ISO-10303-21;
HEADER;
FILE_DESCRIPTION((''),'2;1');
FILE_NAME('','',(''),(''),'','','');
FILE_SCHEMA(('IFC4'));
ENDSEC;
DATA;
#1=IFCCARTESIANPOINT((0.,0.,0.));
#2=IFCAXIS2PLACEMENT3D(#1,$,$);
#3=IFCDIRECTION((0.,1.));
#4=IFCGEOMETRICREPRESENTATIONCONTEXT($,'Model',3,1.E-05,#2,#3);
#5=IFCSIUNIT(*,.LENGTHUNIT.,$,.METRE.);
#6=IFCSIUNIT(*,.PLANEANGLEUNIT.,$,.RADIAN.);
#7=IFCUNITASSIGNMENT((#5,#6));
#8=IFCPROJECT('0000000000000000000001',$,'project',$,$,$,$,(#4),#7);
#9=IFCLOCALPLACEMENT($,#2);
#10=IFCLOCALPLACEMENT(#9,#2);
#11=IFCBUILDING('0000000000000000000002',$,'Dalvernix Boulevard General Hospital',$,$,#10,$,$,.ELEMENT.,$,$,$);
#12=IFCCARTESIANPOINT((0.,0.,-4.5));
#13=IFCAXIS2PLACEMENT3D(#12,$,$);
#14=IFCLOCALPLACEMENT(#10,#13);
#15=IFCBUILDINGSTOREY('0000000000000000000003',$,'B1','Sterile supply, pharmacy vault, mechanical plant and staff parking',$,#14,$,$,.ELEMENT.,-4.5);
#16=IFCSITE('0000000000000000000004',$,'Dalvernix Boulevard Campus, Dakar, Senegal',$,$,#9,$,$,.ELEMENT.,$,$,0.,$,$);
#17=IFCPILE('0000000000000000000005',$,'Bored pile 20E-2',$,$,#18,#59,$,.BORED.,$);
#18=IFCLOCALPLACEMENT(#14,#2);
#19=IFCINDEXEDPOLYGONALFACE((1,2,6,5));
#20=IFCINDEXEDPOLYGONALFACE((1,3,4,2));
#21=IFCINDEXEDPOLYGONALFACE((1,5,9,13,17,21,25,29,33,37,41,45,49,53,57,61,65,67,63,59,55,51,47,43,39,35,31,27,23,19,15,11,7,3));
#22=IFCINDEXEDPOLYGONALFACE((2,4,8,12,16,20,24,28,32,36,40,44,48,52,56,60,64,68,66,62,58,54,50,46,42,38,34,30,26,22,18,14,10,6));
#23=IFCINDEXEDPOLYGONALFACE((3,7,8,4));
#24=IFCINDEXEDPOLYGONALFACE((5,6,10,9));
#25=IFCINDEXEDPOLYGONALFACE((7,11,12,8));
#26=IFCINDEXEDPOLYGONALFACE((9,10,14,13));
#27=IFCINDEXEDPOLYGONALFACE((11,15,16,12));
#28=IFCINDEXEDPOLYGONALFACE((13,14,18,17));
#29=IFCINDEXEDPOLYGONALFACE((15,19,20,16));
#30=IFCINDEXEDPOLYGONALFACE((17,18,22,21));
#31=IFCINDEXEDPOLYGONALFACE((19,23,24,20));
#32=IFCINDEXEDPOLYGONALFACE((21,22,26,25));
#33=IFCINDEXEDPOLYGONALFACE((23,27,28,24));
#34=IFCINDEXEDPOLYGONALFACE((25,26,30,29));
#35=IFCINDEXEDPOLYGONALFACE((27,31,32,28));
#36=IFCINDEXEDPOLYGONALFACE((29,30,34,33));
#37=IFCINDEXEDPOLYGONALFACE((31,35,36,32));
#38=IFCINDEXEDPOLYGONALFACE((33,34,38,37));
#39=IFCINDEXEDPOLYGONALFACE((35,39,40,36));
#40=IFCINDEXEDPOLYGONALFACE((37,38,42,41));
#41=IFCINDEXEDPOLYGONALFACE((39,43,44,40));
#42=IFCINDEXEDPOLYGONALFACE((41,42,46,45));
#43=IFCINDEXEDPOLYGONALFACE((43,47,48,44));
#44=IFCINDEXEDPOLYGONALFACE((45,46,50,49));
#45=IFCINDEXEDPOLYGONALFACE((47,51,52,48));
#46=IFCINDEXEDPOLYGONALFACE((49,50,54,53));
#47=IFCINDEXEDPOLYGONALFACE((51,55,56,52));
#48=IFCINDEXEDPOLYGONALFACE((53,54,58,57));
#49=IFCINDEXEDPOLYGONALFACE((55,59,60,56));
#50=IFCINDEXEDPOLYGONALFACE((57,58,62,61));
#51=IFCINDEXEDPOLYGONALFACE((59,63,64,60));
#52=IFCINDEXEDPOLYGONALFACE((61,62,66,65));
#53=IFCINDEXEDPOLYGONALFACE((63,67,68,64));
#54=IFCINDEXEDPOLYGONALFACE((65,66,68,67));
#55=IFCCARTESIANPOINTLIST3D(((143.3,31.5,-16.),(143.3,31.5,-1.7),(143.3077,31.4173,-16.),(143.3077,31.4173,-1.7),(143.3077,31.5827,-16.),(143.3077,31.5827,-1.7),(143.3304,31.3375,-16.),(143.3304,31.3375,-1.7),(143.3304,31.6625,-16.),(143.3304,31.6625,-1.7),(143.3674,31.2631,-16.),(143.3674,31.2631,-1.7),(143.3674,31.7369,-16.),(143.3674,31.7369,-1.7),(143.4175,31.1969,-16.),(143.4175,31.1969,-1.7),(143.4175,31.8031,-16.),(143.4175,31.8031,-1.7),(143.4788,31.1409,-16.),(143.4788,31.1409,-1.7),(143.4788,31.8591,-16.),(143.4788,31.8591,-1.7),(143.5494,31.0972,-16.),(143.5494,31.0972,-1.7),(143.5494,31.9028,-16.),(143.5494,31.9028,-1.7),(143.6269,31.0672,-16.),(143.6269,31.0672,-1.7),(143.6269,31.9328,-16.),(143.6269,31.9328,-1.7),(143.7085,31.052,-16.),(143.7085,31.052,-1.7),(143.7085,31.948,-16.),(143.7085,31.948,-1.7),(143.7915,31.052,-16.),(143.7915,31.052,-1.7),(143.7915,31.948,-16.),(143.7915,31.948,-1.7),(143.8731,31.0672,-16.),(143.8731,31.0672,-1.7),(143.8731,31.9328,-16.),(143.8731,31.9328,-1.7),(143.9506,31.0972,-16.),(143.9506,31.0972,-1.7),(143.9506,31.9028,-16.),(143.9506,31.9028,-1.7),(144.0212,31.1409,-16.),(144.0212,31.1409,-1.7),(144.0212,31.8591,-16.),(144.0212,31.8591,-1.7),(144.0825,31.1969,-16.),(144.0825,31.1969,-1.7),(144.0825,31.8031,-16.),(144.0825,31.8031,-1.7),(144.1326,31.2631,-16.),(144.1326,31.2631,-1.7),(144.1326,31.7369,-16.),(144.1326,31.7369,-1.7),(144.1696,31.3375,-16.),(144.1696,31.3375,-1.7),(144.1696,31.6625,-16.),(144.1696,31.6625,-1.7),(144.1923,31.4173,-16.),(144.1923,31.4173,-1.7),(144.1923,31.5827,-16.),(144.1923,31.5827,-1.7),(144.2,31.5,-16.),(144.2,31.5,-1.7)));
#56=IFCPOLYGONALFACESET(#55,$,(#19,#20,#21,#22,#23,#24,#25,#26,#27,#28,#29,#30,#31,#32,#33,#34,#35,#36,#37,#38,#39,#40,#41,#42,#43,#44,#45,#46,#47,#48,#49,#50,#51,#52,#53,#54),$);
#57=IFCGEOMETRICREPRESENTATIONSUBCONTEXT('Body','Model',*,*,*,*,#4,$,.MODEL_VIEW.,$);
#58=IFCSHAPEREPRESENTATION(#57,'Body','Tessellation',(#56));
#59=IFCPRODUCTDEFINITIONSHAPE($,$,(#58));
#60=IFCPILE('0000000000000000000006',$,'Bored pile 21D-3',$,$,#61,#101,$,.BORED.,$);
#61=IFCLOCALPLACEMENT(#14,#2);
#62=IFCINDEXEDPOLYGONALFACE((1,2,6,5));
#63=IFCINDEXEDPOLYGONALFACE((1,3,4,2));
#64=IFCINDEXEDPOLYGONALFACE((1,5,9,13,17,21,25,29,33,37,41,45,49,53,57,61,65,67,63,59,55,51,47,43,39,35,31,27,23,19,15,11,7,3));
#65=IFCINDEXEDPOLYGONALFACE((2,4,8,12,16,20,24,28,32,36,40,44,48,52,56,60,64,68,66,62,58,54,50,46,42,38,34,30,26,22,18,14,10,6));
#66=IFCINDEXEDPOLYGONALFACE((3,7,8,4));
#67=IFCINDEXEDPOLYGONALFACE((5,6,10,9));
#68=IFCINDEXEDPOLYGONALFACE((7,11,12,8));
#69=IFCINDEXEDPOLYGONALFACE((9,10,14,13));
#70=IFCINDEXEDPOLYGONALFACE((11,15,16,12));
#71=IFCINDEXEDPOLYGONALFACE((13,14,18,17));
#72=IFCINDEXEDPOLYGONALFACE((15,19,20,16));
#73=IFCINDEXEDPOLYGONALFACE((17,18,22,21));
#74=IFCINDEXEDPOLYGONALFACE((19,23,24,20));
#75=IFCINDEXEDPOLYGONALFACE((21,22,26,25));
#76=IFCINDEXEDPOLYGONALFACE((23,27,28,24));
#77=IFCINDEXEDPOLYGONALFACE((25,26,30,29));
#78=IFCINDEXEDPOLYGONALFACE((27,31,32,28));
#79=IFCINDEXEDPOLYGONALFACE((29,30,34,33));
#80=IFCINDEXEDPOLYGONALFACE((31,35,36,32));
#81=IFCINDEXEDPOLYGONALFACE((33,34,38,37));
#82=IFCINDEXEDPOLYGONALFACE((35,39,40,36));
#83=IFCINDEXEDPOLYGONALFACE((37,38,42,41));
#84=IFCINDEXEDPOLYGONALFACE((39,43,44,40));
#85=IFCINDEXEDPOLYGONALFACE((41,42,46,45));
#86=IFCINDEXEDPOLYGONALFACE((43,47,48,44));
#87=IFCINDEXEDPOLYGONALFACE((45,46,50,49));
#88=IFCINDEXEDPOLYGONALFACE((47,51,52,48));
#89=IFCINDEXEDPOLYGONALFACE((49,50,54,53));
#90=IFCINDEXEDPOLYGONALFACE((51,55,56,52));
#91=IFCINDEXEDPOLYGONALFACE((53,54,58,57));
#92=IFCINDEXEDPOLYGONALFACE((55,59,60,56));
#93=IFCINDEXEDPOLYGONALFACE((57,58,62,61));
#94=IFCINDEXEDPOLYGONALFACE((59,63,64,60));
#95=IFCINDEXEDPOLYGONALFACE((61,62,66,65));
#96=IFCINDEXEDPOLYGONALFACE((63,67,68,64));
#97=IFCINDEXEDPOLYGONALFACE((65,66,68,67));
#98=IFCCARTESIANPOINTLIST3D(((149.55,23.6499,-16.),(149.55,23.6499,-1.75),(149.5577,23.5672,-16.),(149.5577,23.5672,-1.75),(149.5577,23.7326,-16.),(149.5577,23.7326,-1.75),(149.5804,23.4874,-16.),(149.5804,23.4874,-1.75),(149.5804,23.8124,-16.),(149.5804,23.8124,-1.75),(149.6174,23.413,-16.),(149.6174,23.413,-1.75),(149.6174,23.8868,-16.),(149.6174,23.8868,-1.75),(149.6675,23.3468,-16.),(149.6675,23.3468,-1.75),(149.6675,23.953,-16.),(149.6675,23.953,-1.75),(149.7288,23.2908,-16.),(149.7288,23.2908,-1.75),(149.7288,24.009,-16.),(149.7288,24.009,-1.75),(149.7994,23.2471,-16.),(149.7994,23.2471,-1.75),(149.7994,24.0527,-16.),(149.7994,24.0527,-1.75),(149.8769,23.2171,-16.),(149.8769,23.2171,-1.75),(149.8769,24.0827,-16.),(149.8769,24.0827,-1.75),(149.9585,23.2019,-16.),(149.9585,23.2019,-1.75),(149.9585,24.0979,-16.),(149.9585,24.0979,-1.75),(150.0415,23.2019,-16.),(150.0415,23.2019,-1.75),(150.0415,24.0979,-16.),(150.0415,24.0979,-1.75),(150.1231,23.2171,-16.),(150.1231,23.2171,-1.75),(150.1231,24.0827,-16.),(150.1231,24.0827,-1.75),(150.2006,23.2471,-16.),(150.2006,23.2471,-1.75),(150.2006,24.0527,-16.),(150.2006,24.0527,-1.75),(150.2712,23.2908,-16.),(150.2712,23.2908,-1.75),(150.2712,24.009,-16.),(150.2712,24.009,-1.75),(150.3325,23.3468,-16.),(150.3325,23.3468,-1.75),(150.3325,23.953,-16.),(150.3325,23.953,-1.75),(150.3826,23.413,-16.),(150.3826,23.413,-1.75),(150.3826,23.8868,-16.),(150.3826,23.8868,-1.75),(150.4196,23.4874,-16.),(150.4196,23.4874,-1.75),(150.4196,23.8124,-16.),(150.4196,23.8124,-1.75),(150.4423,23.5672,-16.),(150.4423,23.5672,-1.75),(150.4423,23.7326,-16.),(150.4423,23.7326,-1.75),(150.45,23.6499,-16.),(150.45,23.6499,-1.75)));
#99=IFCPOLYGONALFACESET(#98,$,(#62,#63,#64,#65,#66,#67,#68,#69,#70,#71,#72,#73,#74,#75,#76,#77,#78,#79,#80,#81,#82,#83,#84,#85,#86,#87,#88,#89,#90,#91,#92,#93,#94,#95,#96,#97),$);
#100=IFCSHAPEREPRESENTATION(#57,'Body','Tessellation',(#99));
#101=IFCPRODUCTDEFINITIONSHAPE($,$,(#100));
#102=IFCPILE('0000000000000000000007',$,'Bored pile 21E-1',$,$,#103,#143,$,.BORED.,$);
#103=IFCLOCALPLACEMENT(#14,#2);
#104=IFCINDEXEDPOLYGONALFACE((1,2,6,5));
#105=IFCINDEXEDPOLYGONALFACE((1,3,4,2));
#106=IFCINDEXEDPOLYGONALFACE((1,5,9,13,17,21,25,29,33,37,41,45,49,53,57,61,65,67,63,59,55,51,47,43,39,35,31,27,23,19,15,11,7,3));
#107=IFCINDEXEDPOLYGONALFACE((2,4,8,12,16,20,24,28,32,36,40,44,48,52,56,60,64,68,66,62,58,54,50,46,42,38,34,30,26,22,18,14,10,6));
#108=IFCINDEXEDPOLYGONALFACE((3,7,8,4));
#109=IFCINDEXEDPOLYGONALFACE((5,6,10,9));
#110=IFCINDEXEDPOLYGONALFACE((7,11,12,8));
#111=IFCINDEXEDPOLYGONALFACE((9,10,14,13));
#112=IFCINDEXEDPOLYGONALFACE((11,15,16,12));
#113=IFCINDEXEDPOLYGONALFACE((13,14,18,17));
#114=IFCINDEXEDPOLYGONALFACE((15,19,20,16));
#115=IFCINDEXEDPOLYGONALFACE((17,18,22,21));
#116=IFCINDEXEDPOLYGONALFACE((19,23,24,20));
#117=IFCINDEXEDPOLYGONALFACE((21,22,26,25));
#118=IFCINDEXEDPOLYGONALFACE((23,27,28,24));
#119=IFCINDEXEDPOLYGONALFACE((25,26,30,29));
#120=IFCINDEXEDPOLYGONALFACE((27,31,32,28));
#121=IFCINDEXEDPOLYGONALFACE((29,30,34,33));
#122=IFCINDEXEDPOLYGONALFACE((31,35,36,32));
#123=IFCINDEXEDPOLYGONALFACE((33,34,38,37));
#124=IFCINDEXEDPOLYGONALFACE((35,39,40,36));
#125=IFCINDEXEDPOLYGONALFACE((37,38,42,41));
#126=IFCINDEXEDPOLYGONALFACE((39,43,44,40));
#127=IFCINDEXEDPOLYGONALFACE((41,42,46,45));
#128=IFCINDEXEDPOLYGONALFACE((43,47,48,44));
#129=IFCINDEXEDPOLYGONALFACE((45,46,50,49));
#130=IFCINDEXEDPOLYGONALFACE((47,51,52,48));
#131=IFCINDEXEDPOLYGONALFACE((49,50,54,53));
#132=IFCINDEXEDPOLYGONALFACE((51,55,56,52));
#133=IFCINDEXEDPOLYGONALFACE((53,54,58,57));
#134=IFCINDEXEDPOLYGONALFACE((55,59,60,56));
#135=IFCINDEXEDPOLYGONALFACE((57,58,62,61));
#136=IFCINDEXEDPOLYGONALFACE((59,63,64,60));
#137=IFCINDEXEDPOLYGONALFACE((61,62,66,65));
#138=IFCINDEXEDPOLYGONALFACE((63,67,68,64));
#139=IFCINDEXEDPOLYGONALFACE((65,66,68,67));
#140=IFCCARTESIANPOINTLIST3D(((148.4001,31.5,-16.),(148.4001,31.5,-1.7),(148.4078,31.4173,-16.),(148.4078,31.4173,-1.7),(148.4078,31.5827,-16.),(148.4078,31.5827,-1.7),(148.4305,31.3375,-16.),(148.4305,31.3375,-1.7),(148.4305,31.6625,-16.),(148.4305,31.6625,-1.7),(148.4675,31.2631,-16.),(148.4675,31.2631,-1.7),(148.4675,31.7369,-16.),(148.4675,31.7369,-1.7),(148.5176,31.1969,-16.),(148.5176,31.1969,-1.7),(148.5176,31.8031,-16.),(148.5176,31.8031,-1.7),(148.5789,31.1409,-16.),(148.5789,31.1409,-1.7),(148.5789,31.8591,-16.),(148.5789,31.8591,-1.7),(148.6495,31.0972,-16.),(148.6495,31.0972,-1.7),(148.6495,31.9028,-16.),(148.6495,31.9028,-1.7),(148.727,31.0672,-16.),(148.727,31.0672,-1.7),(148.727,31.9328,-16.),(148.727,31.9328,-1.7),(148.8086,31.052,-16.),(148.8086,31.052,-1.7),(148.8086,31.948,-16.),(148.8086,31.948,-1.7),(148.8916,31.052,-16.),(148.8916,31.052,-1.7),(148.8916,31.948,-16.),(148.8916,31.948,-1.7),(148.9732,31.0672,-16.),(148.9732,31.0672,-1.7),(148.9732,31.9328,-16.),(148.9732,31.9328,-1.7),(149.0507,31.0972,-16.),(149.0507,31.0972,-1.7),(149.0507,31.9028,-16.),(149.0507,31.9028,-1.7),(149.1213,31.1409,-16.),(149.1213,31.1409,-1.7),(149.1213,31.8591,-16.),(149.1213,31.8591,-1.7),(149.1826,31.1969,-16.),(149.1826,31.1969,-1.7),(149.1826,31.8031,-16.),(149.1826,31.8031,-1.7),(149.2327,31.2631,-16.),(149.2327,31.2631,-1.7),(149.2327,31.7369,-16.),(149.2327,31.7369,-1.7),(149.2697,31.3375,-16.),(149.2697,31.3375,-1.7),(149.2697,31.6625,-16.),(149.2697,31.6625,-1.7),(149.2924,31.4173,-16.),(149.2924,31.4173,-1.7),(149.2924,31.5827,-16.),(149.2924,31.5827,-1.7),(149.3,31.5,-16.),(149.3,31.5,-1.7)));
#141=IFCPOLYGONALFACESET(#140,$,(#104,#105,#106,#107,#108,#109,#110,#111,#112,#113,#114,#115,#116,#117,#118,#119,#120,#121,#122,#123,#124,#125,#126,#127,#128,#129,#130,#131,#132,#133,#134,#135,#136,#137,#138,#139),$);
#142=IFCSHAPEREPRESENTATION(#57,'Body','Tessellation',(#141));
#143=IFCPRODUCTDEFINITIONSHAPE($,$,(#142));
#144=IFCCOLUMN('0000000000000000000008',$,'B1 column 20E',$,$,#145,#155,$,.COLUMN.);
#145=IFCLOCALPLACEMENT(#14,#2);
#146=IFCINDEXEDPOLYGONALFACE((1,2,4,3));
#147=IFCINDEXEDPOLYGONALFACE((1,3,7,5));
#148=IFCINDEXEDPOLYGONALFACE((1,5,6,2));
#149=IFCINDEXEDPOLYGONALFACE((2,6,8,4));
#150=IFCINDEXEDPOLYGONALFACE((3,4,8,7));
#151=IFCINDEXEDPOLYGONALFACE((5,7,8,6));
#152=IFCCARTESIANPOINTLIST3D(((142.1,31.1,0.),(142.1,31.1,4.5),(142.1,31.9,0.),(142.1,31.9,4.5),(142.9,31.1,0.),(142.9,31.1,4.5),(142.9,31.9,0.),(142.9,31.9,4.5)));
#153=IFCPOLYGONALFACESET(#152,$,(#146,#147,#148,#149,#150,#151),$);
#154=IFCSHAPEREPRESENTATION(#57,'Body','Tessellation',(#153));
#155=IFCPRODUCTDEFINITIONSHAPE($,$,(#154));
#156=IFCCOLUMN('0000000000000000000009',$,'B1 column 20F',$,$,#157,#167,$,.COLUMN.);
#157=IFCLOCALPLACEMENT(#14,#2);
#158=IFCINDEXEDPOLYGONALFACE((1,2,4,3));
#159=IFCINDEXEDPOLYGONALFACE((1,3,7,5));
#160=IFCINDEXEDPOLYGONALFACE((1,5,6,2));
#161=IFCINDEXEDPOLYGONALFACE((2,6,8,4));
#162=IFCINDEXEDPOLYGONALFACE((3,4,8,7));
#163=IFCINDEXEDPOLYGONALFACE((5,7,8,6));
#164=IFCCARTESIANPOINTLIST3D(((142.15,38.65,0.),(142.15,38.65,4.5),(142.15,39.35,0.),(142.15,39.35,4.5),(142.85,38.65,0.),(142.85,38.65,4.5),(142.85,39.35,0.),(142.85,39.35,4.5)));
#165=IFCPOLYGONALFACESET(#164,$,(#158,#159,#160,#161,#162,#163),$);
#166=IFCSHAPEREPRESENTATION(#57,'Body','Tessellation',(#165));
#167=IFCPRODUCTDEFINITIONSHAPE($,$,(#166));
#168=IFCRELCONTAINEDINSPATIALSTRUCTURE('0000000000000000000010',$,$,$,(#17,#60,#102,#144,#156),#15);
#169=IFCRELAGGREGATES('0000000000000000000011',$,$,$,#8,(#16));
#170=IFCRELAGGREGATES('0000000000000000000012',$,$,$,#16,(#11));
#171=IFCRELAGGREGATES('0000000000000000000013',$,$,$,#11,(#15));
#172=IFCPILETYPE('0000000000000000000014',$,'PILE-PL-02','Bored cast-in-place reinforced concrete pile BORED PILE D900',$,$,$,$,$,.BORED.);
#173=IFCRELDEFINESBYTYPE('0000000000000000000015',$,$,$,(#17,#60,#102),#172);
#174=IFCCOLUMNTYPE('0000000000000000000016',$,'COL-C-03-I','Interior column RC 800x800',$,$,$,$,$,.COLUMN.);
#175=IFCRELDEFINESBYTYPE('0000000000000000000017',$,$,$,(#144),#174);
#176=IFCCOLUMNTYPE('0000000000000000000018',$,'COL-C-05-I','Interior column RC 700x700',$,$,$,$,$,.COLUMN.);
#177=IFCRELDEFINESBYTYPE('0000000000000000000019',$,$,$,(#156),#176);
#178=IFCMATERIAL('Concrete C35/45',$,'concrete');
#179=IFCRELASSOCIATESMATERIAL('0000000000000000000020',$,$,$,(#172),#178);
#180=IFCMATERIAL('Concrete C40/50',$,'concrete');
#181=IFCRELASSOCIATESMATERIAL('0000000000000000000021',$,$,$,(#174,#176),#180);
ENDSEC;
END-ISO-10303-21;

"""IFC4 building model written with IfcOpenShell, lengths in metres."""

from ifc_helpers import new_model, si_unit, direction, frame, origin, origin_2d, place, context, subcontext, project, spatial, rectangle, circle, extrude, material, material_profile, profile_set, type_object, element, save


model = new_model("IFC4")

# Units and contexts
model_context = context("Model", 3, precision=1e-05, world=origin(), true_north=direction((0.0, 1.0)))
body_context = subcontext(model_context, "Body", "Model", "MODEL_VIEW")
ifc_project = project(units=[si_unit("LENGTHUNIT", "METRE"), si_unit("PLANEANGLEUNIT", "RADIAN")], contexts=[model_context])

# Site, building, storey
site_placement = place(None, origin())
site = spatial("IfcSite", under=ifc_project, at=site_placement, Name="Dalvernix Boulevard Campus, Dakar, Senegal", CompositionType="ELEMENT", RefElevation=0.0)
building_placement = place(site_placement, origin())
building = spatial("IfcBuilding", under=site, at=building_placement, Name="Dalvernix Boulevard General Hospital", CompositionType="ELEMENT")
storey_placement = place(building_placement, frame((0.0, 0.0, -4.5)))
storey = spatial("IfcBuildingStorey", under=building, at=storey_placement, Name="B1", Description="Sterile supply, pharmacy vault, mechanical plant and staff parking", CompositionType="ELEMENT", Elevation=-4.5)

# Shared definitions
ifc_material_1 = material(Name="Concrete C35/45", Category="concrete")
ifc_material_2 = material(Name="Concrete C40/50", Category="concrete")

# Piles
ifc_material_profile_1 = material_profile(ifc_material_1, circle(Radius=0.45, at=origin_2d()), Name="BORED PILE D900")
ifc_profile_set_1 = profile_set([ifc_material_profile_1], Name="Concrete C35/45")
pile_type_1 = type_object("IfcPileType", Name="PILE-PL-02", Description="Bored cast-in-place reinforced concrete pile BORED PILE D900", PredefinedType="BORED", material=ifc_profile_set_1)
for number, where, z_axis, x_axis, name in (
    (1, (143.75, 31.5, -1.7), (0.0, 0.0, -1.0), (1.0, 0.0, 0.0), "Bored pile 20E-2"),
):
    element("IfcPile", number, at=place(storey_placement, frame(where, z_axis=z_axis, x_axis=x_axis)), inside=storey, type_object=pile_type_1, Name=name, PredefinedType="BORED", context=body_context, shape_type="SweptSolid", body=[
        extrude(circle(Radius=0.45, at=origin_2d()), origin(), (0.0, 0.0, 1.0), 14.3),
    ])
pile_1_placement = place(storey_placement, frame((150.0, 23.6499, -1.75), z_axis=(0.0, 0.0, -1.0), x_axis=(1.0, 0.0, 0.0)))
element("IfcPile", 2, at=pile_1_placement, inside=storey, type_object=pile_type_1, Name="Bored pile 21D-3", PredefinedType="BORED", context=body_context, shape_type="SweptSolid", body=[
    extrude(circle(Radius=0.45, at=origin_2d()), origin(), (0.0, 0.0, 1.0), 14.25),
])
pile_2_placement = place(storey_placement, frame((148.8501, 31.5, -1.7), z_axis=(0.0, 0.0, -1.0), x_axis=(1.0, 0.0, 0.0)))
element("IfcPile", 3, at=pile_2_placement, inside=storey, type_object=pile_type_1, Name="Bored pile 21E-1", PredefinedType="BORED", context=body_context, shape_type="SweptSolid", body=[
    extrude(circle(Radius=0.45, at=origin_2d()), origin(), (0.0, 0.0, 1.0), 14.3),
])

# Columns
ifc_material_profile_2 = material_profile(ifc_material_2, rectangle(XDim=0.8, YDim=0.8, at=origin_2d()), Name="RC 800x800")
ifc_profile_set_2 = profile_set([ifc_material_profile_2], Name="Concrete C40/50")
column_type_1 = type_object("IfcColumnType", Name="COL-C-03-I", Description="Interior column RC 800x800", PredefinedType="COLUMN", material=ifc_profile_set_2)
column_1_placement = place(storey_placement, frame((142.5, 31.5, 0.0), z_axis=(0.0, 0.0, 1.0), x_axis=(1.0, 0.0, 0.0)))
element("IfcColumn", 4, at=column_1_placement, inside=storey, type_object=column_type_1, Name="B1 column 20E", PredefinedType="COLUMN", context=body_context, shape_type="SweptSolid", body=[
    extrude(rectangle(XDim=0.8, YDim=0.8, at=origin_2d()), origin(), (0.0, 0.0, 1.0), 4.5),
])
ifc_material_profile_3 = material_profile(ifc_material_2, rectangle(XDim=0.7, YDim=0.7, at=origin_2d()), Name="RC 700x700")
ifc_profile_set_3 = profile_set([ifc_material_profile_3], Name="Concrete C40/50")
column_type_2 = type_object("IfcColumnType", Name="COL-C-05-I", Description="Interior column RC 700x700", PredefinedType="COLUMN", material=ifc_profile_set_3)
column_2_placement = place(storey_placement, frame((142.5, 39.0, 0.0), z_axis=(0.0, 0.0, 1.0), x_axis=(1.0, 0.0, 0.0)))
element("IfcColumn", 5, at=column_2_placement, inside=storey, type_object=column_type_2, Name="B1 column 20F", PredefinedType="COLUMN", context=body_context, shape_type="SweptSolid", body=[
    extrude(rectangle(XDim=0.7, YDim=0.7, at=origin_2d()), origin(), (0.0, 0.0, 1.0), 4.5),
])

save(model, "model.ifc")
